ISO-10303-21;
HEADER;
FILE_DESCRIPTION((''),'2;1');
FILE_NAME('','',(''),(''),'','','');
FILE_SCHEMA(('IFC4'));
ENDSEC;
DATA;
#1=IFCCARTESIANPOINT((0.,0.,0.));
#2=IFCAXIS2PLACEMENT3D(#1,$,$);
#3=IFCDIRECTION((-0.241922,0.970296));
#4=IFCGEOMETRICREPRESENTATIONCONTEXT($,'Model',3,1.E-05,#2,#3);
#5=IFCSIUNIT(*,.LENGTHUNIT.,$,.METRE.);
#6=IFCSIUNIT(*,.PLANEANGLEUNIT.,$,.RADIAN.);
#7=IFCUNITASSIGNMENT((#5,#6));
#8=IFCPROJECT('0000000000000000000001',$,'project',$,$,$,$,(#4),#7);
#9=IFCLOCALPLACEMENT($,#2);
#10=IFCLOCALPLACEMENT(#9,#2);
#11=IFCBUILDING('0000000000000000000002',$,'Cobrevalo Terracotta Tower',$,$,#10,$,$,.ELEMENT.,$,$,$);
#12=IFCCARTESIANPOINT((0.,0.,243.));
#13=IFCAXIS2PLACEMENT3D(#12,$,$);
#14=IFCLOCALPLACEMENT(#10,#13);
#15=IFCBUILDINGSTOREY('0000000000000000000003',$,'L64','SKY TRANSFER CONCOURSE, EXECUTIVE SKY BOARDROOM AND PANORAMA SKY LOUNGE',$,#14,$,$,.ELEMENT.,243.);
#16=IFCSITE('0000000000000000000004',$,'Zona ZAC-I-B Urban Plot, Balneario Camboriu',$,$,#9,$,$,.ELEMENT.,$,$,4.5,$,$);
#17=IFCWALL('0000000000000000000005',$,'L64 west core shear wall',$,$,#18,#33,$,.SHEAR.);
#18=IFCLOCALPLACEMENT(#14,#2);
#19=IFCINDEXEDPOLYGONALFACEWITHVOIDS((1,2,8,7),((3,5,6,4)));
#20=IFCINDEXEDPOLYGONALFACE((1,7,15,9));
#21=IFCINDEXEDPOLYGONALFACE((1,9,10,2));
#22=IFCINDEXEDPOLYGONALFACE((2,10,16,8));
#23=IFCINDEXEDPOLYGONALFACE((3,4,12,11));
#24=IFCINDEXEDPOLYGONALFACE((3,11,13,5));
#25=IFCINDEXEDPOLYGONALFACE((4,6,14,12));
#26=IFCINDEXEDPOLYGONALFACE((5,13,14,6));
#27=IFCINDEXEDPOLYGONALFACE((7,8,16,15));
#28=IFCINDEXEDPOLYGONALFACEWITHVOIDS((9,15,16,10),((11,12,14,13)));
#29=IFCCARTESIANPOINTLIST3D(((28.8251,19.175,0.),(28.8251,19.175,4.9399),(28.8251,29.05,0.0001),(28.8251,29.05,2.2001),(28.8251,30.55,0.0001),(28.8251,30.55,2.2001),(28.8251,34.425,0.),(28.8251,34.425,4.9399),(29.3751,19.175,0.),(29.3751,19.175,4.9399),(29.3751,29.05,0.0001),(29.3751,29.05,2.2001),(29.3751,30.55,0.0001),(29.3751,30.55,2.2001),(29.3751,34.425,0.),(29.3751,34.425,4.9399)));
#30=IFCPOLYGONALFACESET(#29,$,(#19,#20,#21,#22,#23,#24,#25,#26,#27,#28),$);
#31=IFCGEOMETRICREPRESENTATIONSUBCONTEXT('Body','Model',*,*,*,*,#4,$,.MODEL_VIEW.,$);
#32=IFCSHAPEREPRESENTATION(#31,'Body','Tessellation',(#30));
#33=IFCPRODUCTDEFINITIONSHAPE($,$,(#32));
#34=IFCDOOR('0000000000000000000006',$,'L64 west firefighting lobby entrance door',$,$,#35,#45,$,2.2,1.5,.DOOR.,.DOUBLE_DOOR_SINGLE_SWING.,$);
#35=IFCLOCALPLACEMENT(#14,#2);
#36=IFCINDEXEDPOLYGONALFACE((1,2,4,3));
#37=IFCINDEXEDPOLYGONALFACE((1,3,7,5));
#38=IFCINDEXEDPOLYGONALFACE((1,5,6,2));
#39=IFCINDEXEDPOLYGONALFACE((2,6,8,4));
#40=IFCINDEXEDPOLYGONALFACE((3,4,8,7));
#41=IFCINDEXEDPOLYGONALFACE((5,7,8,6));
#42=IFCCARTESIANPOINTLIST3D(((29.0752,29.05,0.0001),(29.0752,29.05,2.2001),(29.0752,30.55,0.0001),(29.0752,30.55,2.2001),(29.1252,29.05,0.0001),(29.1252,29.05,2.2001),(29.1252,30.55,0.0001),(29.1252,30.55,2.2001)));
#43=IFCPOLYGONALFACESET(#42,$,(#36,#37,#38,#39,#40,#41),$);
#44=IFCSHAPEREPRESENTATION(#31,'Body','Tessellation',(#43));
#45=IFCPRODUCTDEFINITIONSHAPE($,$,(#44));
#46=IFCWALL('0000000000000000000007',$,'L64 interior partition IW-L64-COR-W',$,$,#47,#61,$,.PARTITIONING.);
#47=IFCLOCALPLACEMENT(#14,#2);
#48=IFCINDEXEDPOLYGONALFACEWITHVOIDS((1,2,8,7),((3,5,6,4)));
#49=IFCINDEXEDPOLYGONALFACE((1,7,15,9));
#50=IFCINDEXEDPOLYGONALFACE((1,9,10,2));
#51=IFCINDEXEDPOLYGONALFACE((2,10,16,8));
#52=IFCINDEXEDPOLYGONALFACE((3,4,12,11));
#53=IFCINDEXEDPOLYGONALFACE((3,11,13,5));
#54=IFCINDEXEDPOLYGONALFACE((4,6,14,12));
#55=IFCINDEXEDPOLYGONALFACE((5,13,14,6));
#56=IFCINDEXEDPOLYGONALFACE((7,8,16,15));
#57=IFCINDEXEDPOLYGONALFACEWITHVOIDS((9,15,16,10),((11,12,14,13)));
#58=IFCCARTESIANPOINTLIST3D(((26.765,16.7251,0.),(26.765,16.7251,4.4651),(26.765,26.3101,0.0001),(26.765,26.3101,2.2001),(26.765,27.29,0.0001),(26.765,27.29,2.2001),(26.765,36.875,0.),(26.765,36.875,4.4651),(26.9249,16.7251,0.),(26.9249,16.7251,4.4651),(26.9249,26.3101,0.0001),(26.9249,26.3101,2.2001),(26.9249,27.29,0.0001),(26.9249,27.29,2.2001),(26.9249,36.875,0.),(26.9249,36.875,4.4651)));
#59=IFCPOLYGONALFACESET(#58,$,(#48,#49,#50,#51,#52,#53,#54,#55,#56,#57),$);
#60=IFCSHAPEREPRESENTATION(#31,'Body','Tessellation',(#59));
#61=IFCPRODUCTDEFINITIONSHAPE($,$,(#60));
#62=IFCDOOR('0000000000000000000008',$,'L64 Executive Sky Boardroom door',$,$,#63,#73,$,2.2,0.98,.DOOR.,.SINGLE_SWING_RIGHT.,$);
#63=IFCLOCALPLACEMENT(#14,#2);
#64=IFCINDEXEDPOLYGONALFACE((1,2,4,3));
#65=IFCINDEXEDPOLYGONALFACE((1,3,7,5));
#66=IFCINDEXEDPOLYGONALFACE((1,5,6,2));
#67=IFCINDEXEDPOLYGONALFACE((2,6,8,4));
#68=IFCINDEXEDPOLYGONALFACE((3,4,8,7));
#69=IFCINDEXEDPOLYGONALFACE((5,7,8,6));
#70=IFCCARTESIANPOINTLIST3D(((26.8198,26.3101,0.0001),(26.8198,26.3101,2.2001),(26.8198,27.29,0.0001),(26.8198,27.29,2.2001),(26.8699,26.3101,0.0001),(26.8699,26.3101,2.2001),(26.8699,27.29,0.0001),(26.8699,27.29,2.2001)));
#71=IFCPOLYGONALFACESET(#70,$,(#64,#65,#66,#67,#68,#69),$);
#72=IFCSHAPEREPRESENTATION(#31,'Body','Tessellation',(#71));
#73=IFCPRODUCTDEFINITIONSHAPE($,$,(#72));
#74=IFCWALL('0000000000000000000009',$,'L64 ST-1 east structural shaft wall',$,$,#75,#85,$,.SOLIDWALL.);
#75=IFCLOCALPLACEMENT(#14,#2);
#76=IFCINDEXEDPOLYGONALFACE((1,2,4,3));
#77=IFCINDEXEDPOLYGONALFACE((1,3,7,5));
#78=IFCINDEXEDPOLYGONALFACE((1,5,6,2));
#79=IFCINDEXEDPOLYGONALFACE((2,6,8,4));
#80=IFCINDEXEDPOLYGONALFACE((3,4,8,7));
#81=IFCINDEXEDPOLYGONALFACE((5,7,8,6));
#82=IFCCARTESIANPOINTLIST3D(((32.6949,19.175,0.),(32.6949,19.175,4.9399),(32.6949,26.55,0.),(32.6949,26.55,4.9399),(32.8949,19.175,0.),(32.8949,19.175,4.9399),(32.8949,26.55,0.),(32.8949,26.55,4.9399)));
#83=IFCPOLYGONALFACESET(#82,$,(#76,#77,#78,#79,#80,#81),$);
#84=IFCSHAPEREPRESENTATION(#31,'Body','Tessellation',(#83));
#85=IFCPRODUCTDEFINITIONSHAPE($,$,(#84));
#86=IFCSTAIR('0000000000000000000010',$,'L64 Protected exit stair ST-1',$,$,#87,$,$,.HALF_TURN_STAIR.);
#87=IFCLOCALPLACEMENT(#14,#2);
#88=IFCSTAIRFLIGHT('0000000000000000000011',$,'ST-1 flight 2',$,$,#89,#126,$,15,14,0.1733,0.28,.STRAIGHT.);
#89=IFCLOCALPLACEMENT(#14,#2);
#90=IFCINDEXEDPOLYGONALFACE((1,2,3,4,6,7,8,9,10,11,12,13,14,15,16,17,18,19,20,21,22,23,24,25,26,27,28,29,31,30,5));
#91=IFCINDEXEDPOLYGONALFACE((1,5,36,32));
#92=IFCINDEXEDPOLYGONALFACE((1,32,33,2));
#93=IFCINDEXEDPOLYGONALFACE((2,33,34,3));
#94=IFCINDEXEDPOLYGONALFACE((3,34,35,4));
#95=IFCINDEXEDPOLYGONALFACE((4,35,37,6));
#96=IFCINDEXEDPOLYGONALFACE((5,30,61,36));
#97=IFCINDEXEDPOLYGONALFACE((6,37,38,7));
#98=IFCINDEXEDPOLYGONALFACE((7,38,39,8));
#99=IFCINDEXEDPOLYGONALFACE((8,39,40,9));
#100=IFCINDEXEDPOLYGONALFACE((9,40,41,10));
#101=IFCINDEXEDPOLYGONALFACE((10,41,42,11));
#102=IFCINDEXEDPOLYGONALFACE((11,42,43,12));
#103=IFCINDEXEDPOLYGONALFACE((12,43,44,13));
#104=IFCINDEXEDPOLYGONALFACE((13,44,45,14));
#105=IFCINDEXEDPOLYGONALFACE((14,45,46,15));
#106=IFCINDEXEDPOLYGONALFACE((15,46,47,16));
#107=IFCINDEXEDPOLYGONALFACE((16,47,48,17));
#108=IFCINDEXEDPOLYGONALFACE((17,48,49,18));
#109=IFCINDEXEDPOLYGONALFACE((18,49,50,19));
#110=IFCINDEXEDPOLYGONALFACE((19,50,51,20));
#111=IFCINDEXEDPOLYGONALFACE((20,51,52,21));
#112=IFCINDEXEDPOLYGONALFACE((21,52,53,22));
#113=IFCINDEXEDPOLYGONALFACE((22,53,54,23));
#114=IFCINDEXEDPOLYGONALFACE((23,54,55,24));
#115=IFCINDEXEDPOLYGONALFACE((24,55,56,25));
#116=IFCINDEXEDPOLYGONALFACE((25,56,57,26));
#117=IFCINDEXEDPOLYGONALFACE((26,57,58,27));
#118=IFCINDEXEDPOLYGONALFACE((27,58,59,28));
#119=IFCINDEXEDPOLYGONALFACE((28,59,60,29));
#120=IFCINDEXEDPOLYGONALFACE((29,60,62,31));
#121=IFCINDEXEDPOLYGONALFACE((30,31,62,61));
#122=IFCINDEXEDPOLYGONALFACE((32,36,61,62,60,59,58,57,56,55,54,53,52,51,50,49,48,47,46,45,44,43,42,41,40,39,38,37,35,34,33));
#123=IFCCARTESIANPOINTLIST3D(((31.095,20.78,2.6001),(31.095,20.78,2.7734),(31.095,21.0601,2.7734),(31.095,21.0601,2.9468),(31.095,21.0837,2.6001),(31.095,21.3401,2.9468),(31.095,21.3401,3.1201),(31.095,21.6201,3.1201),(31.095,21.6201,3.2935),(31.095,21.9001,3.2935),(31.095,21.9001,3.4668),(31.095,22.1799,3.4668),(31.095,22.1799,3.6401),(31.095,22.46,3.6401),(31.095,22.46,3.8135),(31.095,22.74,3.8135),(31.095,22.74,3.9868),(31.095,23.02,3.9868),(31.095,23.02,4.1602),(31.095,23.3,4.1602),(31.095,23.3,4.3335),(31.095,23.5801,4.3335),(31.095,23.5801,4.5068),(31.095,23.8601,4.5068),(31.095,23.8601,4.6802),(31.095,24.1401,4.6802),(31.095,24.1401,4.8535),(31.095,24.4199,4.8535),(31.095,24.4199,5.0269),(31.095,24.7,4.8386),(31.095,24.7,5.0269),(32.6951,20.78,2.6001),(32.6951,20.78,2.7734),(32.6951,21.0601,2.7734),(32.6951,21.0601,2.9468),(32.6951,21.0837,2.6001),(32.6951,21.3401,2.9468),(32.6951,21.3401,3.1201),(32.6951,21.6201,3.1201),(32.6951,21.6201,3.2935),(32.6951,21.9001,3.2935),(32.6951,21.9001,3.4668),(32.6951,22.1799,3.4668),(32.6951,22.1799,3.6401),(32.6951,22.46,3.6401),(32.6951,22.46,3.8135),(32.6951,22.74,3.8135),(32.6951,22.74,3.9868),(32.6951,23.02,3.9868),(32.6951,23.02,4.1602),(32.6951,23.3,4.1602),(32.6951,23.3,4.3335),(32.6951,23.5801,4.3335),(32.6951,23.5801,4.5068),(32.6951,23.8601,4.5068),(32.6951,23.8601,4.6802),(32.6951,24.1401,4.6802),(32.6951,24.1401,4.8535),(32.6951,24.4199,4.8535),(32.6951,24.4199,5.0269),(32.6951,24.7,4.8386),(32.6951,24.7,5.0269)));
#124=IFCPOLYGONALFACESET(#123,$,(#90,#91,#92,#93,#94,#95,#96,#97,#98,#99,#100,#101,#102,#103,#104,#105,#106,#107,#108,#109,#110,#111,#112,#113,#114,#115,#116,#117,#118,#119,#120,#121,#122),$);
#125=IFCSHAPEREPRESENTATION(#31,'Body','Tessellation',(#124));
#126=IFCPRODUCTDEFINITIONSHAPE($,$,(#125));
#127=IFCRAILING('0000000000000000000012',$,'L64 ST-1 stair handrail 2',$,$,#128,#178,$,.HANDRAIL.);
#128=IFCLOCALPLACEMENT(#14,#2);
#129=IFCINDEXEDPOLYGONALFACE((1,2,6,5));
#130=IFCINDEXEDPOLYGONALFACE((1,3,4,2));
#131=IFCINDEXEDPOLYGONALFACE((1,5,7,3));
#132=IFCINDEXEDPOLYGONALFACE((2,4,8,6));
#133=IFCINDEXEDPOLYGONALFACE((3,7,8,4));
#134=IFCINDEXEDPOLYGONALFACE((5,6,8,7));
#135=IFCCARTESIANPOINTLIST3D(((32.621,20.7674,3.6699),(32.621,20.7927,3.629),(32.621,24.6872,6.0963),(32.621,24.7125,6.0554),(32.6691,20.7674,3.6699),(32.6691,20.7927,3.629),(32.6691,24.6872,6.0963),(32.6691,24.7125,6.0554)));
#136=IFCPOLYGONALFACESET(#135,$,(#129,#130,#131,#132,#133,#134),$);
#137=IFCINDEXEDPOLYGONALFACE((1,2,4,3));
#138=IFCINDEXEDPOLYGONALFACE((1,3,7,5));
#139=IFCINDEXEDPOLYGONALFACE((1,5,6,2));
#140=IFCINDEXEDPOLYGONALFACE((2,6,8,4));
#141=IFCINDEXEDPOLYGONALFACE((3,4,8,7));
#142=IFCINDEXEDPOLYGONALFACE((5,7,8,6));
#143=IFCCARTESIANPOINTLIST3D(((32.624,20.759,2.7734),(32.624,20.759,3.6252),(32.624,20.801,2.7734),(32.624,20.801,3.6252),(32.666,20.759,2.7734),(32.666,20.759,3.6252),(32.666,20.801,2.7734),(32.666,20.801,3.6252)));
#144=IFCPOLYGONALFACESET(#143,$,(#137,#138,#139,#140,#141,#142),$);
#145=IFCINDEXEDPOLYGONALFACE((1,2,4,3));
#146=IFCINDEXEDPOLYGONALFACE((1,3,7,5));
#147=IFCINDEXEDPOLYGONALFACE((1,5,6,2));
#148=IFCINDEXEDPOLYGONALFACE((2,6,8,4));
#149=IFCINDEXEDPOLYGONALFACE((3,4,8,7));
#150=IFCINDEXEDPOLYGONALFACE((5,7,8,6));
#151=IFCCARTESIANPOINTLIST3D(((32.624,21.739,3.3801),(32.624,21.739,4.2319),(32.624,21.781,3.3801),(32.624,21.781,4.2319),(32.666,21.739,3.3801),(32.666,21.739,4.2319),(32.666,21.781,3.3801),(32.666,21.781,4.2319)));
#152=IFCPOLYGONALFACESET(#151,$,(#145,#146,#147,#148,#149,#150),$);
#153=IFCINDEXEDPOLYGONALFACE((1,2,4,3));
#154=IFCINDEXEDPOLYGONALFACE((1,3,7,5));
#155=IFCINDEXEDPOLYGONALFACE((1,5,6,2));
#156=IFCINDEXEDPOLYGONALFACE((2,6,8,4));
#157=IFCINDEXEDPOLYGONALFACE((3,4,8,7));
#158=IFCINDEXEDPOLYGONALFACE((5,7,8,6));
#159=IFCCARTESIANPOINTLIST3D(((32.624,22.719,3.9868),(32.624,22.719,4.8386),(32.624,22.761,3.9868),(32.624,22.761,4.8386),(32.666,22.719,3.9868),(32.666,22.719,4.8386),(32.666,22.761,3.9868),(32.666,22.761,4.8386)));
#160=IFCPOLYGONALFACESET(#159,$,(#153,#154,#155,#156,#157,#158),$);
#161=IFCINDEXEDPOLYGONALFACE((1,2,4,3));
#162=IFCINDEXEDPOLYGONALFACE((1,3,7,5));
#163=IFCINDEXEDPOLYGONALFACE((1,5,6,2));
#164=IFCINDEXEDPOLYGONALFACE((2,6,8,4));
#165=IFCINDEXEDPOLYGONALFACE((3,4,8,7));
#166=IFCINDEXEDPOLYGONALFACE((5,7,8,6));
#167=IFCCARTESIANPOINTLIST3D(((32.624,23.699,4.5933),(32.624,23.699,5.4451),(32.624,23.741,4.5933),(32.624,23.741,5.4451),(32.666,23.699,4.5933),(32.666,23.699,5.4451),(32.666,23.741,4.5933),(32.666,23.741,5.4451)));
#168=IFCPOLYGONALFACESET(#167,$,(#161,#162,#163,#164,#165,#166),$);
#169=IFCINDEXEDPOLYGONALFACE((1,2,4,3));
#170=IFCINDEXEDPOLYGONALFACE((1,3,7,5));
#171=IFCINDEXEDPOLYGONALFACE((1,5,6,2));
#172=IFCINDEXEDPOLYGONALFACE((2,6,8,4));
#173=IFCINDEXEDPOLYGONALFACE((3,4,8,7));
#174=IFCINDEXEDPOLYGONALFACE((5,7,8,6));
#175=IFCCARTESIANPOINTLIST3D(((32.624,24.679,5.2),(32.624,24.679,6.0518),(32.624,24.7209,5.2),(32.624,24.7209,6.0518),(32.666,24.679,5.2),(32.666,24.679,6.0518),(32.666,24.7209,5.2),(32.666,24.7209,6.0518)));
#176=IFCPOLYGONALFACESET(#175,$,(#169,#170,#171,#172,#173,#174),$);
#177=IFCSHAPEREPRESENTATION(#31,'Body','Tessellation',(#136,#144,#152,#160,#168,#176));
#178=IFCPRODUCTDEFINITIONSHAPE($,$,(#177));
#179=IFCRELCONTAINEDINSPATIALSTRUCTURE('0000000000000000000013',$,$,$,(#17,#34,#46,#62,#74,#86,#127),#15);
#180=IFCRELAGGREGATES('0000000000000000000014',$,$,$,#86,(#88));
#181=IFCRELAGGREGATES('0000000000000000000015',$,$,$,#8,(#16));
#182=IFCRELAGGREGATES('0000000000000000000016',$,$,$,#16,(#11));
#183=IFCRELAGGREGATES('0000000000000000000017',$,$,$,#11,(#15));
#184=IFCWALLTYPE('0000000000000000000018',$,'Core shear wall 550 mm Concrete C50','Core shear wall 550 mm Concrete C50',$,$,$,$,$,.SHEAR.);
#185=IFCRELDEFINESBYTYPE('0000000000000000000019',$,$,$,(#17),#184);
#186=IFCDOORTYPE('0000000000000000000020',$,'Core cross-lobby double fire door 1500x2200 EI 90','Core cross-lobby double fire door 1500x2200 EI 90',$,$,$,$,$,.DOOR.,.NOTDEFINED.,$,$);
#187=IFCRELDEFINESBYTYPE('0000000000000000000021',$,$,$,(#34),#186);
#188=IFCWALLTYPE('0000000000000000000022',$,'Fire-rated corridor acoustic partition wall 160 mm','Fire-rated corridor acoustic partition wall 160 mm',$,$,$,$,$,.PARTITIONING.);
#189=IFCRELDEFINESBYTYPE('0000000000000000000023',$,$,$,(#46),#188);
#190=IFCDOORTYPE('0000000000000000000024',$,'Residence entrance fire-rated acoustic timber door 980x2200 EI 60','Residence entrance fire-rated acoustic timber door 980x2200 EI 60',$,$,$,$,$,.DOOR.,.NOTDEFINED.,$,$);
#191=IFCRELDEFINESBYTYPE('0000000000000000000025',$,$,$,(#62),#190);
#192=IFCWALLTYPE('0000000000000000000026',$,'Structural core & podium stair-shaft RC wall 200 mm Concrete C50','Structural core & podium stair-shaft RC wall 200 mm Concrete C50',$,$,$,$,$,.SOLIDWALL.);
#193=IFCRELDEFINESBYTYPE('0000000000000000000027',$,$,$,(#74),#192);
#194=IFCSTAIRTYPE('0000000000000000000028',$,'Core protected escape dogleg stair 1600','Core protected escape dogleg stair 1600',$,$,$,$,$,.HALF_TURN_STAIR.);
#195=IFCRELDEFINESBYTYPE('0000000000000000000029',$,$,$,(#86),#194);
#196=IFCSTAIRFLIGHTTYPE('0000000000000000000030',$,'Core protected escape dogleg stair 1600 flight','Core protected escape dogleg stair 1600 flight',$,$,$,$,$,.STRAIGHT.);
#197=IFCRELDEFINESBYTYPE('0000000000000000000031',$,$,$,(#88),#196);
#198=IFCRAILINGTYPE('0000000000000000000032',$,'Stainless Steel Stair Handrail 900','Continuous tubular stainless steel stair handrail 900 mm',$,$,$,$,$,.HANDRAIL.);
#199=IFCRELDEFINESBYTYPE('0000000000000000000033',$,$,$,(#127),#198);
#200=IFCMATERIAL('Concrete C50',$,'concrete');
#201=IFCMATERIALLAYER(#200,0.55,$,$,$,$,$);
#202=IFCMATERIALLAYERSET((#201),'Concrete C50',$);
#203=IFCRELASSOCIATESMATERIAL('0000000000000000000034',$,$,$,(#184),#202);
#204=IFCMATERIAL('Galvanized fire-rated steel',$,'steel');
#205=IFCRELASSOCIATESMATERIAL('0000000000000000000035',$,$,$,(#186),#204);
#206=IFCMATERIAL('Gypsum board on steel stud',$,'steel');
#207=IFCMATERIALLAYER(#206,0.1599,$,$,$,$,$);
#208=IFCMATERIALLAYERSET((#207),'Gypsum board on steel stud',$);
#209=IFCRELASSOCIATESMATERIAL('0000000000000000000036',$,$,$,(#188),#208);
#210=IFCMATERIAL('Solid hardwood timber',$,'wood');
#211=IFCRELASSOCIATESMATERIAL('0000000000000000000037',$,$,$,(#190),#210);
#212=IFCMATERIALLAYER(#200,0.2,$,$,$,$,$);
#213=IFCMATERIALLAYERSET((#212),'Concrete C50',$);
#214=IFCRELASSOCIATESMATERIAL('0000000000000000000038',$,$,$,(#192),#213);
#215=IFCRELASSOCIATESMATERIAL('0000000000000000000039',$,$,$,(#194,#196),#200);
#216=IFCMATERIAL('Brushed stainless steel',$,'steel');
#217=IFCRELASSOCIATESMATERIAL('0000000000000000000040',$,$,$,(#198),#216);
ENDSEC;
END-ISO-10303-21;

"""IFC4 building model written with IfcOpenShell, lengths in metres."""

from ifc_helpers import new_model, si_unit, direction, frame, frame_2d, origin, origin_2d, place, context, subcontext, project, spatial, polyline, rectangle, outline, extrude, source, transform, mapped, material, layer, layer_set, type_object, element, fill, aggregate, save


model = new_model("IFC4")

# Units and contexts
model_context = context("Model", 3, precision=1e-05, world=origin(), true_north=direction((-0.241922, 0.970296)))
body_context = subcontext(model_context, "Body", "Model", "MODEL_VIEW")
ifc_project = project(units=[si_unit("LENGTHUNIT", "METRE"), si_unit("PLANEANGLEUNIT", "RADIAN")], contexts=[model_context])

# Site, building, storey
site_placement = place(None, origin())
site = spatial("IfcSite", under=ifc_project, at=site_placement, Name="Zona ZAC-I-B Urban Plot, Balneario Camboriu", CompositionType="ELEMENT", RefElevation=4.5)
building_placement = place(site_placement, origin())
building = spatial("IfcBuilding", under=site, at=building_placement, Name="Cobrevalo Terracotta Tower", CompositionType="ELEMENT")
storey_placement = place(building_placement, frame((0.0, 0.0, 243.0)))
storey = spatial("IfcBuildingStorey", under=building, at=storey_placement, Name="L64", Description="SKY TRANSFER CONCOURSE, EXECUTIVE SKY BOARDROOM AND PANORAMA SKY LOUNGE", CompositionType="ELEMENT", Elevation=243.0)

# Shared definitions
ifc_material_1 = material(Name="Concrete C50", Category="concrete")

# Walls, openings, doors
ifc_layer_1 = layer(ifc_material_1, 0.55)
ifc_layer_set_1 = layer_set([ifc_layer_1], Name="Concrete C50")
wall_type_1 = type_object("IfcWallType", Name="Core shear wall 550 mm Concrete C50", Description="Core shear wall 550 mm Concrete C50", PredefinedType="SHEAR", material=ifc_layer_set_1)
wall_1_placement = place(storey_placement, frame((29.1001, 19.175, 0.0), z_axis=(0.0, 0.0, 1.0), x_axis=(0.0, 1.0, 0.0)))
wall_1 = element("IfcWall", 1, at=wall_1_placement, inside=storey, type_object=wall_type_1, Name="L64 west core shear wall", PredefinedType="SHEAR", context=body_context, shape_type="SweptSolid", body=[
    extrude(rectangle(XDim=15.25, YDim=0.55, at=frame_2d((7.625, 0.0))), origin(), (0.0, 0.0, 1.0), 4.9399),
])
opening_1_placement = place(wall_1_placement, frame((9.875, 0.0, 0.0)))
opening_1 = element("IfcOpeningElement", 2, at=opening_1_placement, cuts=wall_1, PredefinedType="OPENING", context=body_context, shape_type="SweptSolid", body=[
    extrude(rectangle(XDim=1.5, YDim=2.2, at=frame_2d((0.75, 1.1001))), frame((0.0, 0.2852, 0.0), z_axis=(0.0, -1.0, 0.0), x_axis=(1.0, 0.0, 0.0)), (0.0, 0.0, 1.0), 0.5701),
])
ifc_material_2 = material(Name="Galvanized fire-rated steel", Category="steel")
door_type_1 = type_object("IfcDoorType", Name="Core cross-lobby double fire door 1500x2200 EI 90", Description="Core cross-lobby double fire door 1500x2200 EI 90", OperationType="NOTDEFINED", PredefinedType="DOOR", material=ifc_material_2)
shared_shape_1 = source(origin(), body_context, "Body", "SweptSolid", [
    extrude(rectangle(XDim=1.5, YDim=2.2, at=frame_2d((0.75, 1.1001))), frame((0.0, 0.0249, 0.0), z_axis=(0.0, -1.0, 0.0), x_axis=(1.0, 0.0, 0.0)), (0.0, 0.0, 1.0), 0.05),
])
door_1_placement = place(opening_1_placement, origin())
door_1 = element("IfcDoor", 3, at=door_1_placement, inside=storey, type_object=door_type_1, Name="L64 west firefighting lobby entrance door", OperationType="DOUBLE_DOOR_SINGLE_SWING", OverallHeight=2.2, OverallWidth=1.5, PredefinedType="DOOR", context=body_context, shape_type="MappedRepresentation", body=[
    mapped(shared_shape_1, transform((0.0, 0.0, 0.0), scale=1.0)),
])
fill(opening_1, door_1)
ifc_material_3 = material(Name="Gypsum board on steel stud", Category="steel")
ifc_layer_2 = layer(ifc_material_3, 0.1599)
ifc_layer_set_2 = layer_set([ifc_layer_2], Name="Gypsum board on steel stud")
wall_type_2 = type_object("IfcWallType", Name="Fire-rated corridor acoustic partition wall 160 mm", Description="Fire-rated corridor acoustic partition wall 160 mm", PredefinedType="PARTITIONING", material=ifc_layer_set_2)
wall_2_placement = place(storey_placement, frame((26.845, 16.7251, 0.0), z_axis=(0.0, 0.0, 1.0), x_axis=(0.0, 1.0, 0.0)))
wall_2 = element("IfcWall", 4, at=wall_2_placement, inside=storey, type_object=wall_type_2, Name="L64 interior partition IW-L64-COR-W", PredefinedType="PARTITIONING", context=body_context, shape_type="SweptSolid", body=[
    extrude(rectangle(XDim=20.1499, YDim=0.1599, at=frame_2d((10.075, 0.0))), origin(), (0.0, 0.0, 1.0), 4.4651),
])
opening_2_placement = place(wall_2_placement, frame((9.585, 0.0, 0.0)))
opening_2 = element("IfcOpeningElement", 5, at=opening_2_placement, cuts=wall_2, PredefinedType="OPENING", context=body_context, shape_type="SweptSolid", body=[
    extrude(rectangle(XDim=0.98, YDim=2.2, at=frame_2d((0.49, 1.1001))), frame((0.0, 0.0898, 0.0), z_axis=(0.0, -1.0, 0.0), x_axis=(1.0, 0.0, 0.0)), (0.0, 0.0, 1.0), 0.1799),
])
ifc_material_4 = material(Name="Solid hardwood timber", Category="wood")
door_type_2 = type_object("IfcDoorType", Name="Residence entrance fire-rated acoustic timber door 980x2200 EI 60", Description="Residence entrance fire-rated acoustic timber door 980x2200 EI 60", OperationType="NOTDEFINED", PredefinedType="DOOR", material=ifc_material_4)
shared_shape_2 = source(origin(), body_context, "Body", "SweptSolid", [
    extrude(rectangle(XDim=0.98, YDim=2.2, at=frame_2d((0.49, 1.1001))), frame((0.0, 0.0249, 0.0), z_axis=(0.0, -1.0, 0.0), x_axis=(1.0, 0.0, 0.0)), (0.0, 0.0, 1.0), 0.05),
])
door_2_placement = place(opening_2_placement, frame((0.98, 0.0, 0.0), z_axis=(0.0, 0.0, 1.0), x_axis=(-1.0, 0.0, 0.0)))
door_2 = element("IfcDoor", 6, at=door_2_placement, inside=storey, type_object=door_type_2, Name="L64 Executive Sky Boardroom door", OperationType="SINGLE_SWING_RIGHT", OverallHeight=2.2, OverallWidth=0.98, PredefinedType="DOOR", context=body_context, shape_type="MappedRepresentation", body=[
    mapped(shared_shape_2, transform((0.0, 0.0, 0.0), scale=1.0)),
])
fill(opening_2, door_2)

# Wall
ifc_layer_3 = layer(ifc_material_1, 0.2)
ifc_layer_set_3 = layer_set([ifc_layer_3], Name="Concrete C50")
wall_type_3 = type_object("IfcWallType", Name="Structural core & podium stair-shaft RC wall 200 mm Concrete C50", Description="Structural core & podium stair-shaft RC wall 200 mm Concrete C50", PredefinedType="SOLIDWALL", material=ifc_layer_set_3)
wall_3_placement = place(storey_placement, frame((32.7949, 19.175, 0.0), z_axis=(0.0, 0.0, 1.0), x_axis=(0.0, 1.0, 0.0)))
element("IfcWall", 7, at=wall_3_placement, inside=storey, type_object=wall_type_3, Name="L64 ST-1 east structural shaft wall", PredefinedType="SOLIDWALL", context=body_context, shape_type="SweptSolid", body=[
    extrude(rectangle(XDim=7.375, YDim=0.2, at=frame_2d((3.6875, 0.0))), origin(), (0.0, 0.0, 1.0), 4.9399),
])

# Stair, stair flight
stair_type = type_object("IfcStairType", Name="Core protected escape dogleg stair 1600", Description="Core protected escape dogleg stair 1600", PredefinedType="HALF_TURN_STAIR", material=ifc_material_1)
stair_placement = place(storey_placement, origin())
stair = element("IfcStair", 8, at=stair_placement, inside=storey, type_object=stair_type, Name="L64 Protected exit stair ST-1", PredefinedType="HALF_TURN_STAIR")
stair_flight_type = type_object("IfcStairFlightType", Name="Core protected escape dogleg stair 1600 flight", Description="Core protected escape dogleg stair 1600 flight", PredefinedType="STRAIGHT", material=ifc_material_1)
stair_flight_placement = place(storey_placement, frame((31.895, 20.78, 2.6001), z_axis=(0.0, 0.0, 1.0), x_axis=(0.0, 1.0, 0.0)))
stair_flight = element("IfcStairFlight", 9, at=stair_flight_placement, type_object=stair_flight_type, Name="ST-1 flight 2", NumberOfRisers=15, NumberOfTreads=14, PredefinedType="STRAIGHT", RiserHeight=0.1733, TreadLength=0.28, context=body_context, shape_type="SweptSolid", body=[
    extrude(outline(polyline([(0.0, 0.0), (0.0, 0.1733), (0.28, 0.1733), (0.28, 0.3467), (0.5601, 0.3467), (0.5601, 0.52), (0.8401, 0.52), (0.8401, 0.6934), (1.1201, 0.6934), (1.1201, 0.8667), (1.3999, 0.8667), (1.3999, 1.04), (1.6799, 1.04), (1.6799, 1.2134), (1.96, 1.2134), (1.96, 1.3867), (2.24, 1.3867), (2.24, 1.5601), (2.52, 1.5601), (2.52, 1.7334), (2.8, 1.7334), (2.8, 1.9067), (3.0801, 1.9067), (3.0801, 2.0801), (3.3601, 2.0801), (3.3601, 2.2534), (3.6399, 2.2534), (3.6399, 2.4268), (3.9199, 2.4268), (3.9199, 2.6001), (3.9199, 2.2385), (0.3037, 0.0), (0.0, 0.0)])), frame((0.0, 0.8, 0.0), z_axis=(0.0, -1.0, 0.0), x_axis=(1.0, 0.0, 0.0)), (0.0, 0.0, 1.0), 1.6001),
])
aggregate(stair, [stair_flight])

# Railing
ifc_material_5 = material(Name="Brushed stainless steel", Category="steel")
railing_type_1 = type_object("IfcRailingType", Name="Stainless Steel Stair Handrail 900", Description="Continuous tubular stainless steel stair handrail 900 mm", PredefinedType="HANDRAIL", material=ifc_material_5)
railing_1_placement = place(storey_placement, frame((32.645, 20.78, 2.7734)))
element("IfcRailing", 10, at=railing_1_placement, inside=storey, type_object=railing_type_1, Name="L64 ST-1 stair handrail 2", PredefinedType="HANDRAIL", context=body_context, shape_type="SweptSolid", body=[
    extrude(rectangle(XDim=0.0481, YDim=0.0481, at=origin_2d()), frame((0.0, 0.0, 0.876), z_axis=(0.0, 0.850275, 0.526338), x_axis=(-1.0, 0.0, 0.0)), (0.0, 0.0, 1.0), 4.6101),
    extrude(rectangle(XDim=0.042, YDim=0.042, at=origin_2d()), origin(), (0.0, 0.0, 1.0), 0.8518),
    extrude(rectangle(XDim=0.042, YDim=0.042, at=origin_2d()), frame((0.0, 0.98, 0.6067)), (0.0, 0.0, 1.0), 0.8518),
    extrude(rectangle(XDim=0.042, YDim=0.042, at=origin_2d()), frame((0.0, 1.96, 1.2134)), (0.0, 0.0, 1.0), 0.8518),
    extrude(rectangle(XDim=0.042, YDim=0.042, at=origin_2d()), frame((0.0, 2.9399, 1.8198)), (0.0, 0.0, 1.0), 0.8518),
    extrude(rectangle(XDim=0.042, YDim=0.042, at=origin_2d()), frame((0.0, 3.9199, 2.4265)), (0.0, 0.0, 1.0), 0.8518),
])

save(model, "model.ifc")
